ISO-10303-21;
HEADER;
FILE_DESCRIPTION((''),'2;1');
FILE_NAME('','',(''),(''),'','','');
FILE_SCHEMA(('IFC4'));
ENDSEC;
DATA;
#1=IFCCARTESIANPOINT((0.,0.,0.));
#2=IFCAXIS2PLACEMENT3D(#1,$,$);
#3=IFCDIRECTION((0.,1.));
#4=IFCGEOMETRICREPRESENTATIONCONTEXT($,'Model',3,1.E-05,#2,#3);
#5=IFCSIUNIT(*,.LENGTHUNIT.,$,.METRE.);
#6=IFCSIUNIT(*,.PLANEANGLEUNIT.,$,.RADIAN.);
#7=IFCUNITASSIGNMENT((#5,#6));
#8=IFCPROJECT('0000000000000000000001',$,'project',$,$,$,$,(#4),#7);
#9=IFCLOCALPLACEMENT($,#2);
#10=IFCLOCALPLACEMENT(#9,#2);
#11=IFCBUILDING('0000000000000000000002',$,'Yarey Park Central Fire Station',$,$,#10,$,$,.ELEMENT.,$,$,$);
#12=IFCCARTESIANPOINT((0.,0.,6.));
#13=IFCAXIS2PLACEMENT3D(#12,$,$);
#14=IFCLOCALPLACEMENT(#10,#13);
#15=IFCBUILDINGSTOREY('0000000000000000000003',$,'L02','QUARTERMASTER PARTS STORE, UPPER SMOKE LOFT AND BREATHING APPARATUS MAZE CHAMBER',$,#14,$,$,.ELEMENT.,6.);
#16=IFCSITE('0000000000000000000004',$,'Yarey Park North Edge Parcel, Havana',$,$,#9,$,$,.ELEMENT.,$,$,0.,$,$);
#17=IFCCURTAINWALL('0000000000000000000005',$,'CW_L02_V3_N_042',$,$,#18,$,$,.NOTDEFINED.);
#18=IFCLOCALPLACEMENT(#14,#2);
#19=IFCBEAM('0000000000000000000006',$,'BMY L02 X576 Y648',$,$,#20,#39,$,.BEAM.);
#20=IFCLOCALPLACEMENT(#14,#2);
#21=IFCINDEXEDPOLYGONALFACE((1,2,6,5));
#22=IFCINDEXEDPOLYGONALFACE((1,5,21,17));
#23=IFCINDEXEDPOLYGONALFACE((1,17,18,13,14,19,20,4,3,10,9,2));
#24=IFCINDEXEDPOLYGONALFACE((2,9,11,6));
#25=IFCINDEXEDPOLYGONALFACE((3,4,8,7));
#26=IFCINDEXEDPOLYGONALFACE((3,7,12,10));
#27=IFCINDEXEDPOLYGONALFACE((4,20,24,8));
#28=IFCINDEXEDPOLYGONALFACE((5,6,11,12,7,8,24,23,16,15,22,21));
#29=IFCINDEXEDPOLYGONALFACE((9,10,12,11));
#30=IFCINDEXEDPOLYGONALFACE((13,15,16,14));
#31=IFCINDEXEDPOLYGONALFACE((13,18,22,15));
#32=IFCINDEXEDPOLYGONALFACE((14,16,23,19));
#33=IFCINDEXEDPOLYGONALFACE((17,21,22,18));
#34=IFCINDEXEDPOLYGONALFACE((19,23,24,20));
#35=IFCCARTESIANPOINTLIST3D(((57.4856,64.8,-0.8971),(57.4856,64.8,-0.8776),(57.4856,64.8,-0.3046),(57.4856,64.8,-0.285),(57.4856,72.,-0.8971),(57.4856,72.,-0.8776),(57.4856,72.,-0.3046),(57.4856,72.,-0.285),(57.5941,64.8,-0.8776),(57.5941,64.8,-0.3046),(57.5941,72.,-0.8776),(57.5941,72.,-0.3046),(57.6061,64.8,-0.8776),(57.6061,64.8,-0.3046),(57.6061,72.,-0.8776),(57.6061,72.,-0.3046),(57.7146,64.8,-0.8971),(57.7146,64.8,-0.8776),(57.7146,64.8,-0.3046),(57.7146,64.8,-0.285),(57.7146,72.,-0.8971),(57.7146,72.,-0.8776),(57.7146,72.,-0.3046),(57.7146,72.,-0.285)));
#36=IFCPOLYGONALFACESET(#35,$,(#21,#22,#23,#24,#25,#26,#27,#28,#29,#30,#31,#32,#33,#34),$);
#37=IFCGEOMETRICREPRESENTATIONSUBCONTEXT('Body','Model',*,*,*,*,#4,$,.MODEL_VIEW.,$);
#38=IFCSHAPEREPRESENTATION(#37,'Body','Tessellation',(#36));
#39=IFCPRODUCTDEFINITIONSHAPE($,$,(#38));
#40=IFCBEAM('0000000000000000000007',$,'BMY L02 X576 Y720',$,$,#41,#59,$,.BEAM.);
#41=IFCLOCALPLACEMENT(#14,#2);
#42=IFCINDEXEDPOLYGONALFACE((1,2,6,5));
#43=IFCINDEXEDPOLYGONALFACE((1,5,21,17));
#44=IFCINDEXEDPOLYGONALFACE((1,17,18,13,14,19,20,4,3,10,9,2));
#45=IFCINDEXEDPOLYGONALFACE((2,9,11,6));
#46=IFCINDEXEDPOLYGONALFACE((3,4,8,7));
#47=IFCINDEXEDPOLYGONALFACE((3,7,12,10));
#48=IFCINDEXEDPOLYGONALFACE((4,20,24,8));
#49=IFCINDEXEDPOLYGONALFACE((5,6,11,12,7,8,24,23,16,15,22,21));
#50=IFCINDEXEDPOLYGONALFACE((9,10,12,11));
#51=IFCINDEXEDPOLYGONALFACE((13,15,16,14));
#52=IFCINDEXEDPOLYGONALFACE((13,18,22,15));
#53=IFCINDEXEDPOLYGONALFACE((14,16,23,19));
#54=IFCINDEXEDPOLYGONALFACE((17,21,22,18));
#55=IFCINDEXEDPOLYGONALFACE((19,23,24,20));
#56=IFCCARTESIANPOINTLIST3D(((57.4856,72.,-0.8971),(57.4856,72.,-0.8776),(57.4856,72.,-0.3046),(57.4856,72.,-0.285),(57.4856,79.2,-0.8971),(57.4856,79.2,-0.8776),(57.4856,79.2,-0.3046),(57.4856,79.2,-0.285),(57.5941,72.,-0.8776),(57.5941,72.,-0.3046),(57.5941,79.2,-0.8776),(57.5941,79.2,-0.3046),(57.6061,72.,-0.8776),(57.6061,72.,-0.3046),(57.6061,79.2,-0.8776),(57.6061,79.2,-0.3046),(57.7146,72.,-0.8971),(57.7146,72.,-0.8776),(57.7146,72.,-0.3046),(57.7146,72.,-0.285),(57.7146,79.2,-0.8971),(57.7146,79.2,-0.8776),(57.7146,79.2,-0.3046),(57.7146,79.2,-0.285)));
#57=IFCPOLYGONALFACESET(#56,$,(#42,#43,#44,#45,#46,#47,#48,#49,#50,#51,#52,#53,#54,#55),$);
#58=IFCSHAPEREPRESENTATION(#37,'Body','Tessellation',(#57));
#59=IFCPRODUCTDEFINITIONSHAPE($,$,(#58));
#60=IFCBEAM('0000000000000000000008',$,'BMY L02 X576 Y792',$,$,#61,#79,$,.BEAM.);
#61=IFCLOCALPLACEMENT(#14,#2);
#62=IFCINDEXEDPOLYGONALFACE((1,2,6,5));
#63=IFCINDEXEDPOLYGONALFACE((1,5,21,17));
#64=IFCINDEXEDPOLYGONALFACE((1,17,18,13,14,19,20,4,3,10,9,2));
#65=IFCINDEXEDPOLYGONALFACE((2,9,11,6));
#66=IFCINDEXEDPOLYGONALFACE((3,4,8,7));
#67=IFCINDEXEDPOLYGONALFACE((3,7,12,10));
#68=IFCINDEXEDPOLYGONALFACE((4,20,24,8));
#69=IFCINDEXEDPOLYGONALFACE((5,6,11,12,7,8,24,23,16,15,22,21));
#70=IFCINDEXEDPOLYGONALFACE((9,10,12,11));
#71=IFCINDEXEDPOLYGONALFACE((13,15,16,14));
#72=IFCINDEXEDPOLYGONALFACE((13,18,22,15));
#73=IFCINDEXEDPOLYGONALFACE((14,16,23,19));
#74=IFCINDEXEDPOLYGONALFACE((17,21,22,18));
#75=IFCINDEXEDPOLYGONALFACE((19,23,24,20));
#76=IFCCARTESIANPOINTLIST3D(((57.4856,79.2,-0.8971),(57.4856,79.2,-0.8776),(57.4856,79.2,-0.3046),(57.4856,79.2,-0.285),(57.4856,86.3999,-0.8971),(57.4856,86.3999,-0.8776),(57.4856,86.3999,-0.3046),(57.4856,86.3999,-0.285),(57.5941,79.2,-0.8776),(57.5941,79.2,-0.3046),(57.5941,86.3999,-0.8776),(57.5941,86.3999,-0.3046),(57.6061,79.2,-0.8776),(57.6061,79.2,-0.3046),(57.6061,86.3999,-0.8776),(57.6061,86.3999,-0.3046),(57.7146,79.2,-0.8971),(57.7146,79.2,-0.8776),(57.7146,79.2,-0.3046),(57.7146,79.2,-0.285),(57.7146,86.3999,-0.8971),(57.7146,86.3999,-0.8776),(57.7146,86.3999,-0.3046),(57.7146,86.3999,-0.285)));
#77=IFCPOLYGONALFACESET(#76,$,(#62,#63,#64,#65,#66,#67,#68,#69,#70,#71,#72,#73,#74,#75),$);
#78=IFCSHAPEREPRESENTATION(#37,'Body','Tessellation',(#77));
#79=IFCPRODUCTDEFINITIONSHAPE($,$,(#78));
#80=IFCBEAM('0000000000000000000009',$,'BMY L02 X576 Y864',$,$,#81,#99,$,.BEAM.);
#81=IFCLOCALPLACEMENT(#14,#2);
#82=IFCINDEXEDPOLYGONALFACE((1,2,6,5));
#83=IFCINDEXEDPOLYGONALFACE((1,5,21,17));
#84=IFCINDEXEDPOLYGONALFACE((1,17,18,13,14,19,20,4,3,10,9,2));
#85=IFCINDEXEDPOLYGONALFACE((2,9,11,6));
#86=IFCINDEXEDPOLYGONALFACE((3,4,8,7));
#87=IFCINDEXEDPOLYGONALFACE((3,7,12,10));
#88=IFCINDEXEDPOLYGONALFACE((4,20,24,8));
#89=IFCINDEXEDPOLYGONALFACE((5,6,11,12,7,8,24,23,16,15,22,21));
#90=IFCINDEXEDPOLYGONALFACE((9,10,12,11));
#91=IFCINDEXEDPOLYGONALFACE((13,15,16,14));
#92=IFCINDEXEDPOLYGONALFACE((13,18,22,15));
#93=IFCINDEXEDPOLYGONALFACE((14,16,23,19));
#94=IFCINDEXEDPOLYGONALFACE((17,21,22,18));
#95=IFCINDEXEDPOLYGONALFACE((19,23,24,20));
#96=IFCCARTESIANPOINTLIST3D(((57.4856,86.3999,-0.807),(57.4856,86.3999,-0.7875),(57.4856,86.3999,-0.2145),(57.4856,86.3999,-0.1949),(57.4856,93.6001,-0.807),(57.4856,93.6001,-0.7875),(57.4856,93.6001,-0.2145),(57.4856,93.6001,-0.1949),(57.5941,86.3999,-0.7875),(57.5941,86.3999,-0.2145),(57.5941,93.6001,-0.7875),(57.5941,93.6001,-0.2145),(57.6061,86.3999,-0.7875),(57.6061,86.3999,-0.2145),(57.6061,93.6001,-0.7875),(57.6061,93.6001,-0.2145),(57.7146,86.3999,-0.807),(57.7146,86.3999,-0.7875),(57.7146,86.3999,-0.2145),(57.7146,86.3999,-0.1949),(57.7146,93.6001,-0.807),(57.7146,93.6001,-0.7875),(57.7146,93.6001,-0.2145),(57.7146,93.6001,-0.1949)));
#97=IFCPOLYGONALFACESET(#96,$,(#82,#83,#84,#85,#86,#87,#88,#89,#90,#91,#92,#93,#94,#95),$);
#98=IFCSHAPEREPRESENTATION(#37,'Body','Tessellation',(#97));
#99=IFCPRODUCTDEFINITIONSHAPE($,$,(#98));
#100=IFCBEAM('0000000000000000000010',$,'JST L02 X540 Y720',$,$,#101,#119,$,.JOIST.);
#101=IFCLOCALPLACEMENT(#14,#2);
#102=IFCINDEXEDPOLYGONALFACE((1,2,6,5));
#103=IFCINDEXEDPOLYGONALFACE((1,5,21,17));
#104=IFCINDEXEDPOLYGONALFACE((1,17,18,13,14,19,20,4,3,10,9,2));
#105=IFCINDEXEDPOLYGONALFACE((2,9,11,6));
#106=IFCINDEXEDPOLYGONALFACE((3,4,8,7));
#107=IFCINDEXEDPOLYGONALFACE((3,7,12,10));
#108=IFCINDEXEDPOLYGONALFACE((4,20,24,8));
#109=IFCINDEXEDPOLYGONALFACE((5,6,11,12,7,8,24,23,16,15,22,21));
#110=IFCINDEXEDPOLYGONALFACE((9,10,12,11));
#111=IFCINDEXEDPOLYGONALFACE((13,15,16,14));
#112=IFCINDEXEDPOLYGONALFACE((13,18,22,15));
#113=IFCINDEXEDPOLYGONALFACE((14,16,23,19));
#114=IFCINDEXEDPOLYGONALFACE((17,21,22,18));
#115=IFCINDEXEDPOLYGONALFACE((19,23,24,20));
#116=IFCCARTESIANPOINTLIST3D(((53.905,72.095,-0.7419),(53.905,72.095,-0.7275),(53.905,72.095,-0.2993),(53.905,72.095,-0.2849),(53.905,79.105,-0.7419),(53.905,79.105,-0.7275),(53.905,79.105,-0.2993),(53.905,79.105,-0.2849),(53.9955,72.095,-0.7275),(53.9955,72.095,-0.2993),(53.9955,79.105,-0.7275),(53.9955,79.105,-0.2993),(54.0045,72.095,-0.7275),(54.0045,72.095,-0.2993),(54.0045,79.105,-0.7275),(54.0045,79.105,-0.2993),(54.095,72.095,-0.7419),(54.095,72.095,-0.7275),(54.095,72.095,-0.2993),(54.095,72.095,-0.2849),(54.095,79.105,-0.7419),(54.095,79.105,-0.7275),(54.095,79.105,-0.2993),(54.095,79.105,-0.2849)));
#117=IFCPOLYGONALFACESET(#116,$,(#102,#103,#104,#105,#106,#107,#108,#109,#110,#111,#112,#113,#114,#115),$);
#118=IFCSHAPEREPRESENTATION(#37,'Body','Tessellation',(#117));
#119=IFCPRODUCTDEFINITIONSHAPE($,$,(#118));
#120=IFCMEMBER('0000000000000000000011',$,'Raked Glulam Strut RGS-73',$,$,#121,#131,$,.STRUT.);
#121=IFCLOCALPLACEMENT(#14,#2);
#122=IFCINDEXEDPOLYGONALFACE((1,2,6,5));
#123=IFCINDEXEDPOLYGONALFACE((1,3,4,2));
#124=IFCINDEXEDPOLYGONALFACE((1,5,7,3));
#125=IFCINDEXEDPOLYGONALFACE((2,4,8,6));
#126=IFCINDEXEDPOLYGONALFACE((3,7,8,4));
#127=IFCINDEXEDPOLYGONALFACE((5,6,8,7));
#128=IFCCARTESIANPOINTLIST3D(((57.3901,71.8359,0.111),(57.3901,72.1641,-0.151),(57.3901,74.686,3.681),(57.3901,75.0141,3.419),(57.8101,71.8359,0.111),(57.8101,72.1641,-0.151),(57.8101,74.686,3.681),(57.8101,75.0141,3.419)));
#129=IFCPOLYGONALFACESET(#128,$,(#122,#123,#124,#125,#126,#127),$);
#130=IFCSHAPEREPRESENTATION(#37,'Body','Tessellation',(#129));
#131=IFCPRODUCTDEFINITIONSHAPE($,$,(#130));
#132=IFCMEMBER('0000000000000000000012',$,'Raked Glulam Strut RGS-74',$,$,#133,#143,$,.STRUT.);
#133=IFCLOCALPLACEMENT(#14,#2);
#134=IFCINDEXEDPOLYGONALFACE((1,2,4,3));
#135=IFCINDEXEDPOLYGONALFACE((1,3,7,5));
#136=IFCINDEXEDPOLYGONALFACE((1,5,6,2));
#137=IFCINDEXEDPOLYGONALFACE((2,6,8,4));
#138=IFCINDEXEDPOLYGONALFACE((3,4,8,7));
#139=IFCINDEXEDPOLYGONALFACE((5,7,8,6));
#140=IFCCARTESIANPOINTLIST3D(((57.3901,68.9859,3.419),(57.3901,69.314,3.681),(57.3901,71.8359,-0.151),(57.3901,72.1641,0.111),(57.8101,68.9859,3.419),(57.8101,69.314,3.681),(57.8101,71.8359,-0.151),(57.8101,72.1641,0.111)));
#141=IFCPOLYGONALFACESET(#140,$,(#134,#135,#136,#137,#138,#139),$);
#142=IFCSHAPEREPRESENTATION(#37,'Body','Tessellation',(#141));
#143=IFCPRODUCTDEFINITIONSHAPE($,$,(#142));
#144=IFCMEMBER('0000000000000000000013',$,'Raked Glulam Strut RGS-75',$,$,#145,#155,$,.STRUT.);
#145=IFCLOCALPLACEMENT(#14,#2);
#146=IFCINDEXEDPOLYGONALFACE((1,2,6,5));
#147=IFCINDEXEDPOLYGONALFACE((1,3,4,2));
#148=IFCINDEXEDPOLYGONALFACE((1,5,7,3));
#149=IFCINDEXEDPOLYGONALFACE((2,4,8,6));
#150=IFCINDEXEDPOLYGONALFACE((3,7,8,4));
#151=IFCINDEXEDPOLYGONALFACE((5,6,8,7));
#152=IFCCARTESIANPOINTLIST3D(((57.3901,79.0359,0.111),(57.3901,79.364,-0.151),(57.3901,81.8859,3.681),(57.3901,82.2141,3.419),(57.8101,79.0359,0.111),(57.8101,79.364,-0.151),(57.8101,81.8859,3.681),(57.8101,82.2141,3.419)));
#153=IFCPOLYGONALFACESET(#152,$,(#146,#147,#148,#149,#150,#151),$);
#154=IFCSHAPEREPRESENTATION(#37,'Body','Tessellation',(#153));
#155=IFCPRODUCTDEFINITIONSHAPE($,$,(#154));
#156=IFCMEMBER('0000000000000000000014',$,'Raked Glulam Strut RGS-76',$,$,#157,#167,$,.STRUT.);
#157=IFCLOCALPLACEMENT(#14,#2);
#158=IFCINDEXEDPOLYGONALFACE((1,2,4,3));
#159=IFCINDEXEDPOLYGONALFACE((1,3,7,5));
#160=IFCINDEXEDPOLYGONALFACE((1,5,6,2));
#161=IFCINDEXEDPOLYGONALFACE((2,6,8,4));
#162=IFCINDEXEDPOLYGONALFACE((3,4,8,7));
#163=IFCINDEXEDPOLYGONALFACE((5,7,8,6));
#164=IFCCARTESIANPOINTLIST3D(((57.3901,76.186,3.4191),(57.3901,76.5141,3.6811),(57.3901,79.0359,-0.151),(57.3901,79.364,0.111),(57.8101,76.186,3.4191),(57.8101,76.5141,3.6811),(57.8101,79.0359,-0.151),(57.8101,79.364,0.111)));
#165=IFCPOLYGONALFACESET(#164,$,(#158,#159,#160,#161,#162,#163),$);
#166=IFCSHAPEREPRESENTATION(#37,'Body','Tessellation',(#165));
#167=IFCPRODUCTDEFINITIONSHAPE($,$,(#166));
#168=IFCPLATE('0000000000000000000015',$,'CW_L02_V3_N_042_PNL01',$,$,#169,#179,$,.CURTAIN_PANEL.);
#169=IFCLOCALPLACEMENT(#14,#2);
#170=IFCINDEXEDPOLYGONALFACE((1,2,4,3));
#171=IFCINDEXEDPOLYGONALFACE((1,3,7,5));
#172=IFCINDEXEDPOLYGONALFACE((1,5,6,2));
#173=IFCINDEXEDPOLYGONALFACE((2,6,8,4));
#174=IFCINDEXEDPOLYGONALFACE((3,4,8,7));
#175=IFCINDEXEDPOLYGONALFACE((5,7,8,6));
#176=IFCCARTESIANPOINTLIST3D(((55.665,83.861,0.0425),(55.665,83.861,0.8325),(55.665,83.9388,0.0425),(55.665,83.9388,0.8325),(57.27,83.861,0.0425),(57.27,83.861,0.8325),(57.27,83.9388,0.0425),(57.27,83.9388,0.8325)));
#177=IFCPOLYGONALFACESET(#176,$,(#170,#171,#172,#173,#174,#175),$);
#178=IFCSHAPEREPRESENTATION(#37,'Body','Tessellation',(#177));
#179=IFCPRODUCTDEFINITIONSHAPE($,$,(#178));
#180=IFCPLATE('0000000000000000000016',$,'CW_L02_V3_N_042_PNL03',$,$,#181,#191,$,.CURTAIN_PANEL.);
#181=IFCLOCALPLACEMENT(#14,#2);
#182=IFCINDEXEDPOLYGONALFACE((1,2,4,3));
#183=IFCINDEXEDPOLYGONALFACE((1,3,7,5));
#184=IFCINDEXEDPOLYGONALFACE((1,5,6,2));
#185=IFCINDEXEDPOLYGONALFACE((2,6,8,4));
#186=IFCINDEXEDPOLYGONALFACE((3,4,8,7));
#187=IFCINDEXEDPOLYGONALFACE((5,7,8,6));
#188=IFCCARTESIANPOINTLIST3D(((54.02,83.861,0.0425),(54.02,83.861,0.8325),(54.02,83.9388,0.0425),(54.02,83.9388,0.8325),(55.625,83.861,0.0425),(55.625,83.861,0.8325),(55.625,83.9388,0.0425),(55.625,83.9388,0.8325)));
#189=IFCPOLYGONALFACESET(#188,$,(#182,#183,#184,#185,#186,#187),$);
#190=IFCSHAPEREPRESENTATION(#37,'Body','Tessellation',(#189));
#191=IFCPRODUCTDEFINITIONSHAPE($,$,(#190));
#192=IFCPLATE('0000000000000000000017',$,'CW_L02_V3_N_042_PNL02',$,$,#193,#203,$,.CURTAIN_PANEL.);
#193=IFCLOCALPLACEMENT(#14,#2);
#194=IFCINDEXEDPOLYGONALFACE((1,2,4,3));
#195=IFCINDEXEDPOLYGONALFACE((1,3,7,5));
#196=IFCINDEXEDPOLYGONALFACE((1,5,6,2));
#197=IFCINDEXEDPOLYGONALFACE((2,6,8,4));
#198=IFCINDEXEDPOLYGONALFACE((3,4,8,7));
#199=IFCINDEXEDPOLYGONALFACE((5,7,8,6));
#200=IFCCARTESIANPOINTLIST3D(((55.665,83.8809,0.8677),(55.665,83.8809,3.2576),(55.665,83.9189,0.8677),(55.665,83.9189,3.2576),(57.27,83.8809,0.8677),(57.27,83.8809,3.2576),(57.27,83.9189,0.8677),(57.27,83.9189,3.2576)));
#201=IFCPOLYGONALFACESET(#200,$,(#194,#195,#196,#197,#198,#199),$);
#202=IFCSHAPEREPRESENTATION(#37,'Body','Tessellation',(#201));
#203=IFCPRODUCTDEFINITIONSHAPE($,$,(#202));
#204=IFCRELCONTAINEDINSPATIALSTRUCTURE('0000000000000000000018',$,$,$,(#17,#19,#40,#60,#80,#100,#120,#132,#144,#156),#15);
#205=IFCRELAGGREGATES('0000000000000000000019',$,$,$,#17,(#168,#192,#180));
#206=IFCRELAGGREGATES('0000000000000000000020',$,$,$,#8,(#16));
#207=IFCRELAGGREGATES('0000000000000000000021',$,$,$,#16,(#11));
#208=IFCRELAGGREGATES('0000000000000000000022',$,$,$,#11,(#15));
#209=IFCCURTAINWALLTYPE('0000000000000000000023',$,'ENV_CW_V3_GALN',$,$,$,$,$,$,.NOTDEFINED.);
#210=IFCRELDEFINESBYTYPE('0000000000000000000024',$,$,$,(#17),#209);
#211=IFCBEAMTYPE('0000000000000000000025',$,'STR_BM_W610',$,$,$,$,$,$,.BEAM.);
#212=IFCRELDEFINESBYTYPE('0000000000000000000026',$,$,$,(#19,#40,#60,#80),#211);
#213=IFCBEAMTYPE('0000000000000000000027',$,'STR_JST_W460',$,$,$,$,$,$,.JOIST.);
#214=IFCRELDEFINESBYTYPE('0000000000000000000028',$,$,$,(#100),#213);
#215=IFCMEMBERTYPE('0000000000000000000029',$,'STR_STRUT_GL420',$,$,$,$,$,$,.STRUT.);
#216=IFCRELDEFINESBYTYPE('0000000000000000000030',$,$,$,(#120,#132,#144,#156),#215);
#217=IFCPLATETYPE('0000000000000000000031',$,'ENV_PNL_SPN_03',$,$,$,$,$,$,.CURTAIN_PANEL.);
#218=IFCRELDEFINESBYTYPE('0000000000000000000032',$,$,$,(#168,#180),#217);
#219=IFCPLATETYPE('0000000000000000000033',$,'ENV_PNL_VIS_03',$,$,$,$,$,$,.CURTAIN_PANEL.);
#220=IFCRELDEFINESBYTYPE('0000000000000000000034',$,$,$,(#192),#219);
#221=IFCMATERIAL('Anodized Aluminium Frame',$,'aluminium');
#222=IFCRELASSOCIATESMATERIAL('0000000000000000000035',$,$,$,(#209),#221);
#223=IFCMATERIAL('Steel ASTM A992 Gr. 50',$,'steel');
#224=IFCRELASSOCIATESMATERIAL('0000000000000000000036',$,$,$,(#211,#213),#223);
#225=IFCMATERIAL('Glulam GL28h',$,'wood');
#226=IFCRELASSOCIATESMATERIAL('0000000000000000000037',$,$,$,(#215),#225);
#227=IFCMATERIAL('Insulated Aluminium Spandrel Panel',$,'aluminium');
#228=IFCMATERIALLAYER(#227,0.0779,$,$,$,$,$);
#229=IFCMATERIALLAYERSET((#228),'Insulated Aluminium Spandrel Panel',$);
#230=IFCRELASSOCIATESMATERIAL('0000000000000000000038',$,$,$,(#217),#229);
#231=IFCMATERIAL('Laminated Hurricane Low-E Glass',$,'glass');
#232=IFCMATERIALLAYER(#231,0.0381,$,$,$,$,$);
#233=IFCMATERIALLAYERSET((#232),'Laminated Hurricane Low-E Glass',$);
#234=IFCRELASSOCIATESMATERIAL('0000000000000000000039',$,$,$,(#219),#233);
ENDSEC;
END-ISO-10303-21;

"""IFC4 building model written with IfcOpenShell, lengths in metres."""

from ifc_helpers import new_model, si_unit, direction, frame, origin, origin_2d, place, context, subcontext, project, spatial, rectangle, i_section, extrude, material, layer, layer_set, material_profile, profile_set, type_object, element, aggregate, save


model = new_model("IFC4")

# Units and contexts
model_context = context("Model", 3, precision=1e-05, world=origin(), true_north=direction((0.0, 1.0)))
body_context = subcontext(model_context, "Body", "Model", "MODEL_VIEW")
ifc_project = project(units=[si_unit("LENGTHUNIT", "METRE"), si_unit("PLANEANGLEUNIT", "RADIAN")], contexts=[model_context])

# Site, building, storey
site_placement = place(None, origin())
site = spatial("IfcSite", under=ifc_project, at=site_placement, Name="Yarey Park North Edge Parcel, Havana", CompositionType="ELEMENT", RefElevation=0.0)
building_placement = place(site_placement, origin())
building = spatial("IfcBuilding", under=site, at=building_placement, Name="Yarey Park Central Fire Station", CompositionType="ELEMENT")
storey_placement = place(building_placement, frame((0.0, 0.0, 6.0)))
storey = spatial("IfcBuildingStorey", under=building, at=storey_placement, Name="L02", Description="QUARTERMASTER PARTS STORE, UPPER SMOKE LOFT AND BREATHING APPARATUS MAZE CHAMBER", CompositionType="ELEMENT", Elevation=6.0)

# Shared definitions
ifc_material_1 = material(Name="Steel ASTM A992 Gr. 50", Category="steel")

# Curtain wall
ifc_material_2 = material(Name="Anodized Aluminium Frame", Category="aluminium")
curtain_wall_type = type_object("IfcCurtainWallType", Name="ENV_CW_V3_GALN", PredefinedType="NOTDEFINED", material=ifc_material_2)
curtain_wall_placement = place(storey_placement, origin())
curtain_wall = element("IfcCurtainWall", 1, at=curtain_wall_placement, inside=storey, type_object=curtain_wall_type, Name="CW_L02_V3_N_042", PredefinedType="NOTDEFINED")

# Beams
ifc_material_profile_1 = material_profile(ifc_material_1, i_section(OverallWidth=0.229, OverallDepth=0.6121, WebThickness=0.012, FlangeThickness=0.0195, at=origin_2d()), Name="W610x125")
ifc_profile_set_1 = profile_set([ifc_material_profile_1], Name="Steel ASTM A992 Gr. 50")
beam_type_1 = type_object("IfcBeamType", Name="STR_BM_W610", PredefinedType="BEAM", material=ifc_profile_set_1)
for number, where, z_axis, x_axis, name in (
    (2, (57.6001, 64.8, -0.5911), (0.0, 1.0, 0.0), (-1.0, 0.0, 0.0), "BMY L02 X576 Y648"),
    (3, (57.6001, 72.0, -0.5911), (0.0, 1.0, 0.0), (-1.0, 0.0, 0.0), "BMY L02 X576 Y720"),
    (4, (57.6001, 79.2, -0.5911), (0.0, 1.0, 0.0), (-1.0, 0.0, 0.0), "BMY L02 X576 Y792"),
):
    element("IfcBeam", number, at=place(storey_placement, frame(where, z_axis=z_axis, x_axis=x_axis)), inside=storey, type_object=beam_type_1, Name=name, PredefinedType="BEAM", context=body_context, shape_type="SweptSolid", body=[
        extrude(i_section(OverallWidth=0.229, OverallDepth=0.6121, WebThickness=0.012, FlangeThickness=0.0195, at=origin_2d()), origin(), (0.0, 0.0, 1.0), 7.2),
    ])
beam_1_placement = place(storey_placement, frame((57.6001, 86.3999, -0.501), z_axis=(0.0, 1.0, 0.0), x_axis=(-1.0, 0.0, 0.0)))
element("IfcBeam", 5, at=beam_1_placement, inside=storey, type_object=beam_type_1, Name="BMY L02 X576 Y864", PredefinedType="BEAM", context=body_context, shape_type="SweptSolid", body=[
    extrude(i_section(OverallWidth=0.229, OverallDepth=0.6121, WebThickness=0.012, FlangeThickness=0.0195, at=origin_2d()), origin(), (0.0, 0.0, 1.0), 7.2002),
])
ifc_material_profile_2 = material_profile(ifc_material_1, i_section(OverallWidth=0.1899, OverallDepth=0.457, WebThickness=0.009, FlangeThickness=0.0144, at=origin_2d()), Name="W460x74")
ifc_profile_set_2 = profile_set([ifc_material_profile_2], Name="Steel ASTM A992 Gr. 50")
beam_type_2 = type_object("IfcBeamType", Name="STR_JST_W460", PredefinedType="JOIST", material=ifc_profile_set_2)
beam_2_placement = place(storey_placement, frame((54.0, 72.095, -0.5134), z_axis=(0.0, 1.0, 0.0), x_axis=(-1.0, 0.0, 0.0)))
element("IfcBeam", 6, at=beam_2_placement, inside=storey, type_object=beam_type_2, Name="JST L02 X540 Y720", PredefinedType="JOIST", context=body_context, shape_type="SweptSolid", body=[
    extrude(i_section(OverallWidth=0.1899, OverallDepth=0.457, WebThickness=0.009, FlangeThickness=0.0144, at=origin_2d()), origin(), (0.0, 0.0, 1.0), 7.01),
])

# Members
ifc_material_3 = material(Name="Glulam GL28h", Category="wood")
ifc_material_profile_3 = material_profile(ifc_material_3, rectangle(XDim=0.4199, YDim=0.4199, at=origin_2d()), Name="GL 420x420")
ifc_profile_set_3 = profile_set([ifc_material_profile_3], Name="Glulam GL28h")
member_type_1 = type_object("IfcMemberType", Name="STR_STRUT_GL420", PredefinedType="STRUT", material=ifc_profile_set_3)
for number, where, z_axis, x_axis, name in (
    (7, (57.6001, 72.0, -0.02), (0.0, 0.6239, 0.781505), (-1.0, 0.0, 0.0), "Raked Glulam Strut RGS-73"),
    (8, (57.6001, 72.0, -0.02), (0.0, -0.6239, 0.781505), (1.0, 0.0, 0.0), "Raked Glulam Strut RGS-74"),
    (9, (57.6001, 79.2, -0.02), (0.0, 0.6239, 0.781505), (-1.0, 0.0, 0.0), "Raked Glulam Strut RGS-75"),
    (10, (57.6001, 79.2, -0.02), (0.0, -0.623867, 0.781531), (1.0, 0.0, 0.0), "Raked Glulam Strut RGS-76"),
):
    element("IfcMember", number, at=place(storey_placement, frame(where, z_axis=z_axis, x_axis=x_axis)), inside=storey, type_object=member_type_1, Name=name, PredefinedType="STRUT", context=body_context, shape_type="SweptSolid", body=[
        extrude(rectangle(XDim=0.4199, YDim=0.4199, at=origin_2d()), origin(), (0.0, 0.0, 1.0), 4.5681),
    ])

# Plates
ifc_material_4 = material(Name="Insulated Aluminium Spandrel Panel", Category="aluminium")
ifc_layer_1 = layer(ifc_material_4, 0.0779)
ifc_layer_set_1 = layer_set([ifc_layer_1], Name="Insulated Aluminium Spandrel Panel")
plate_type_1 = type_object("IfcPlateType", Name="ENV_PNL_SPN_03", PredefinedType="CURTAIN_PANEL", material=ifc_layer_set_1)
plate_1_placement = place(storey_placement, frame((56.4675, 83.8999, 0.0425), z_axis=(0.0, 0.0, 1.0), x_axis=(-1.0, 0.0, 0.0)))
plate_1 = element("IfcPlate", 11, at=plate_1_placement, type_object=plate_type_1, Name="CW_L02_V3_N_042_PNL01", PredefinedType="CURTAIN_PANEL", context=body_context, shape_type="SweptSolid", body=[
    extrude(rectangle(XDim=1.605, YDim=0.0779, at=origin_2d()), origin(), (0.0, 0.0, 1.0), 0.79),
])
plate_2_placement = place(storey_placement, frame((54.8225, 83.8999, 0.0425), z_axis=(0.0, 0.0, 1.0), x_axis=(-1.0, 0.0, 0.0)))
plate_2 = element("IfcPlate", 12, at=plate_2_placement, type_object=plate_type_1, Name="CW_L02_V3_N_042_PNL03", PredefinedType="CURTAIN_PANEL", context=body_context, shape_type="SweptSolid", body=[
    extrude(rectangle(XDim=1.605, YDim=0.0779, at=origin_2d()), origin(), (0.0, 0.0, 1.0), 0.79),
])
ifc_material_5 = material(Name="Laminated Hurricane Low-E Glass", Category="glass")
ifc_layer_2 = layer(ifc_material_5, 0.0381)
ifc_layer_set_2 = layer_set([ifc_layer_2], Name="Laminated Hurricane Low-E Glass")
plate_type_2 = type_object("IfcPlateType", Name="ENV_PNL_VIS_03", PredefinedType="CURTAIN_PANEL", material=ifc_layer_set_2)
plate_3_placement = place(storey_placement, frame((56.4675, 83.8999, 0.8677), z_axis=(0.0, 0.0, 1.0), x_axis=(-1.0, 0.0, 0.0)))
plate_3 = element("IfcPlate", 13, at=plate_3_placement, type_object=plate_type_2, Name="CW_L02_V3_N_042_PNL02", PredefinedType="CURTAIN_PANEL", context=body_context, shape_type="SweptSolid", body=[
    extrude(rectangle(XDim=1.605, YDim=0.0381, at=origin_2d()), origin(), (0.0, 0.0, 1.0), 2.3899),
])
aggregate(curtain_wall, [plate_1, plate_3, plate_2])

save(model, "model.ifc")
